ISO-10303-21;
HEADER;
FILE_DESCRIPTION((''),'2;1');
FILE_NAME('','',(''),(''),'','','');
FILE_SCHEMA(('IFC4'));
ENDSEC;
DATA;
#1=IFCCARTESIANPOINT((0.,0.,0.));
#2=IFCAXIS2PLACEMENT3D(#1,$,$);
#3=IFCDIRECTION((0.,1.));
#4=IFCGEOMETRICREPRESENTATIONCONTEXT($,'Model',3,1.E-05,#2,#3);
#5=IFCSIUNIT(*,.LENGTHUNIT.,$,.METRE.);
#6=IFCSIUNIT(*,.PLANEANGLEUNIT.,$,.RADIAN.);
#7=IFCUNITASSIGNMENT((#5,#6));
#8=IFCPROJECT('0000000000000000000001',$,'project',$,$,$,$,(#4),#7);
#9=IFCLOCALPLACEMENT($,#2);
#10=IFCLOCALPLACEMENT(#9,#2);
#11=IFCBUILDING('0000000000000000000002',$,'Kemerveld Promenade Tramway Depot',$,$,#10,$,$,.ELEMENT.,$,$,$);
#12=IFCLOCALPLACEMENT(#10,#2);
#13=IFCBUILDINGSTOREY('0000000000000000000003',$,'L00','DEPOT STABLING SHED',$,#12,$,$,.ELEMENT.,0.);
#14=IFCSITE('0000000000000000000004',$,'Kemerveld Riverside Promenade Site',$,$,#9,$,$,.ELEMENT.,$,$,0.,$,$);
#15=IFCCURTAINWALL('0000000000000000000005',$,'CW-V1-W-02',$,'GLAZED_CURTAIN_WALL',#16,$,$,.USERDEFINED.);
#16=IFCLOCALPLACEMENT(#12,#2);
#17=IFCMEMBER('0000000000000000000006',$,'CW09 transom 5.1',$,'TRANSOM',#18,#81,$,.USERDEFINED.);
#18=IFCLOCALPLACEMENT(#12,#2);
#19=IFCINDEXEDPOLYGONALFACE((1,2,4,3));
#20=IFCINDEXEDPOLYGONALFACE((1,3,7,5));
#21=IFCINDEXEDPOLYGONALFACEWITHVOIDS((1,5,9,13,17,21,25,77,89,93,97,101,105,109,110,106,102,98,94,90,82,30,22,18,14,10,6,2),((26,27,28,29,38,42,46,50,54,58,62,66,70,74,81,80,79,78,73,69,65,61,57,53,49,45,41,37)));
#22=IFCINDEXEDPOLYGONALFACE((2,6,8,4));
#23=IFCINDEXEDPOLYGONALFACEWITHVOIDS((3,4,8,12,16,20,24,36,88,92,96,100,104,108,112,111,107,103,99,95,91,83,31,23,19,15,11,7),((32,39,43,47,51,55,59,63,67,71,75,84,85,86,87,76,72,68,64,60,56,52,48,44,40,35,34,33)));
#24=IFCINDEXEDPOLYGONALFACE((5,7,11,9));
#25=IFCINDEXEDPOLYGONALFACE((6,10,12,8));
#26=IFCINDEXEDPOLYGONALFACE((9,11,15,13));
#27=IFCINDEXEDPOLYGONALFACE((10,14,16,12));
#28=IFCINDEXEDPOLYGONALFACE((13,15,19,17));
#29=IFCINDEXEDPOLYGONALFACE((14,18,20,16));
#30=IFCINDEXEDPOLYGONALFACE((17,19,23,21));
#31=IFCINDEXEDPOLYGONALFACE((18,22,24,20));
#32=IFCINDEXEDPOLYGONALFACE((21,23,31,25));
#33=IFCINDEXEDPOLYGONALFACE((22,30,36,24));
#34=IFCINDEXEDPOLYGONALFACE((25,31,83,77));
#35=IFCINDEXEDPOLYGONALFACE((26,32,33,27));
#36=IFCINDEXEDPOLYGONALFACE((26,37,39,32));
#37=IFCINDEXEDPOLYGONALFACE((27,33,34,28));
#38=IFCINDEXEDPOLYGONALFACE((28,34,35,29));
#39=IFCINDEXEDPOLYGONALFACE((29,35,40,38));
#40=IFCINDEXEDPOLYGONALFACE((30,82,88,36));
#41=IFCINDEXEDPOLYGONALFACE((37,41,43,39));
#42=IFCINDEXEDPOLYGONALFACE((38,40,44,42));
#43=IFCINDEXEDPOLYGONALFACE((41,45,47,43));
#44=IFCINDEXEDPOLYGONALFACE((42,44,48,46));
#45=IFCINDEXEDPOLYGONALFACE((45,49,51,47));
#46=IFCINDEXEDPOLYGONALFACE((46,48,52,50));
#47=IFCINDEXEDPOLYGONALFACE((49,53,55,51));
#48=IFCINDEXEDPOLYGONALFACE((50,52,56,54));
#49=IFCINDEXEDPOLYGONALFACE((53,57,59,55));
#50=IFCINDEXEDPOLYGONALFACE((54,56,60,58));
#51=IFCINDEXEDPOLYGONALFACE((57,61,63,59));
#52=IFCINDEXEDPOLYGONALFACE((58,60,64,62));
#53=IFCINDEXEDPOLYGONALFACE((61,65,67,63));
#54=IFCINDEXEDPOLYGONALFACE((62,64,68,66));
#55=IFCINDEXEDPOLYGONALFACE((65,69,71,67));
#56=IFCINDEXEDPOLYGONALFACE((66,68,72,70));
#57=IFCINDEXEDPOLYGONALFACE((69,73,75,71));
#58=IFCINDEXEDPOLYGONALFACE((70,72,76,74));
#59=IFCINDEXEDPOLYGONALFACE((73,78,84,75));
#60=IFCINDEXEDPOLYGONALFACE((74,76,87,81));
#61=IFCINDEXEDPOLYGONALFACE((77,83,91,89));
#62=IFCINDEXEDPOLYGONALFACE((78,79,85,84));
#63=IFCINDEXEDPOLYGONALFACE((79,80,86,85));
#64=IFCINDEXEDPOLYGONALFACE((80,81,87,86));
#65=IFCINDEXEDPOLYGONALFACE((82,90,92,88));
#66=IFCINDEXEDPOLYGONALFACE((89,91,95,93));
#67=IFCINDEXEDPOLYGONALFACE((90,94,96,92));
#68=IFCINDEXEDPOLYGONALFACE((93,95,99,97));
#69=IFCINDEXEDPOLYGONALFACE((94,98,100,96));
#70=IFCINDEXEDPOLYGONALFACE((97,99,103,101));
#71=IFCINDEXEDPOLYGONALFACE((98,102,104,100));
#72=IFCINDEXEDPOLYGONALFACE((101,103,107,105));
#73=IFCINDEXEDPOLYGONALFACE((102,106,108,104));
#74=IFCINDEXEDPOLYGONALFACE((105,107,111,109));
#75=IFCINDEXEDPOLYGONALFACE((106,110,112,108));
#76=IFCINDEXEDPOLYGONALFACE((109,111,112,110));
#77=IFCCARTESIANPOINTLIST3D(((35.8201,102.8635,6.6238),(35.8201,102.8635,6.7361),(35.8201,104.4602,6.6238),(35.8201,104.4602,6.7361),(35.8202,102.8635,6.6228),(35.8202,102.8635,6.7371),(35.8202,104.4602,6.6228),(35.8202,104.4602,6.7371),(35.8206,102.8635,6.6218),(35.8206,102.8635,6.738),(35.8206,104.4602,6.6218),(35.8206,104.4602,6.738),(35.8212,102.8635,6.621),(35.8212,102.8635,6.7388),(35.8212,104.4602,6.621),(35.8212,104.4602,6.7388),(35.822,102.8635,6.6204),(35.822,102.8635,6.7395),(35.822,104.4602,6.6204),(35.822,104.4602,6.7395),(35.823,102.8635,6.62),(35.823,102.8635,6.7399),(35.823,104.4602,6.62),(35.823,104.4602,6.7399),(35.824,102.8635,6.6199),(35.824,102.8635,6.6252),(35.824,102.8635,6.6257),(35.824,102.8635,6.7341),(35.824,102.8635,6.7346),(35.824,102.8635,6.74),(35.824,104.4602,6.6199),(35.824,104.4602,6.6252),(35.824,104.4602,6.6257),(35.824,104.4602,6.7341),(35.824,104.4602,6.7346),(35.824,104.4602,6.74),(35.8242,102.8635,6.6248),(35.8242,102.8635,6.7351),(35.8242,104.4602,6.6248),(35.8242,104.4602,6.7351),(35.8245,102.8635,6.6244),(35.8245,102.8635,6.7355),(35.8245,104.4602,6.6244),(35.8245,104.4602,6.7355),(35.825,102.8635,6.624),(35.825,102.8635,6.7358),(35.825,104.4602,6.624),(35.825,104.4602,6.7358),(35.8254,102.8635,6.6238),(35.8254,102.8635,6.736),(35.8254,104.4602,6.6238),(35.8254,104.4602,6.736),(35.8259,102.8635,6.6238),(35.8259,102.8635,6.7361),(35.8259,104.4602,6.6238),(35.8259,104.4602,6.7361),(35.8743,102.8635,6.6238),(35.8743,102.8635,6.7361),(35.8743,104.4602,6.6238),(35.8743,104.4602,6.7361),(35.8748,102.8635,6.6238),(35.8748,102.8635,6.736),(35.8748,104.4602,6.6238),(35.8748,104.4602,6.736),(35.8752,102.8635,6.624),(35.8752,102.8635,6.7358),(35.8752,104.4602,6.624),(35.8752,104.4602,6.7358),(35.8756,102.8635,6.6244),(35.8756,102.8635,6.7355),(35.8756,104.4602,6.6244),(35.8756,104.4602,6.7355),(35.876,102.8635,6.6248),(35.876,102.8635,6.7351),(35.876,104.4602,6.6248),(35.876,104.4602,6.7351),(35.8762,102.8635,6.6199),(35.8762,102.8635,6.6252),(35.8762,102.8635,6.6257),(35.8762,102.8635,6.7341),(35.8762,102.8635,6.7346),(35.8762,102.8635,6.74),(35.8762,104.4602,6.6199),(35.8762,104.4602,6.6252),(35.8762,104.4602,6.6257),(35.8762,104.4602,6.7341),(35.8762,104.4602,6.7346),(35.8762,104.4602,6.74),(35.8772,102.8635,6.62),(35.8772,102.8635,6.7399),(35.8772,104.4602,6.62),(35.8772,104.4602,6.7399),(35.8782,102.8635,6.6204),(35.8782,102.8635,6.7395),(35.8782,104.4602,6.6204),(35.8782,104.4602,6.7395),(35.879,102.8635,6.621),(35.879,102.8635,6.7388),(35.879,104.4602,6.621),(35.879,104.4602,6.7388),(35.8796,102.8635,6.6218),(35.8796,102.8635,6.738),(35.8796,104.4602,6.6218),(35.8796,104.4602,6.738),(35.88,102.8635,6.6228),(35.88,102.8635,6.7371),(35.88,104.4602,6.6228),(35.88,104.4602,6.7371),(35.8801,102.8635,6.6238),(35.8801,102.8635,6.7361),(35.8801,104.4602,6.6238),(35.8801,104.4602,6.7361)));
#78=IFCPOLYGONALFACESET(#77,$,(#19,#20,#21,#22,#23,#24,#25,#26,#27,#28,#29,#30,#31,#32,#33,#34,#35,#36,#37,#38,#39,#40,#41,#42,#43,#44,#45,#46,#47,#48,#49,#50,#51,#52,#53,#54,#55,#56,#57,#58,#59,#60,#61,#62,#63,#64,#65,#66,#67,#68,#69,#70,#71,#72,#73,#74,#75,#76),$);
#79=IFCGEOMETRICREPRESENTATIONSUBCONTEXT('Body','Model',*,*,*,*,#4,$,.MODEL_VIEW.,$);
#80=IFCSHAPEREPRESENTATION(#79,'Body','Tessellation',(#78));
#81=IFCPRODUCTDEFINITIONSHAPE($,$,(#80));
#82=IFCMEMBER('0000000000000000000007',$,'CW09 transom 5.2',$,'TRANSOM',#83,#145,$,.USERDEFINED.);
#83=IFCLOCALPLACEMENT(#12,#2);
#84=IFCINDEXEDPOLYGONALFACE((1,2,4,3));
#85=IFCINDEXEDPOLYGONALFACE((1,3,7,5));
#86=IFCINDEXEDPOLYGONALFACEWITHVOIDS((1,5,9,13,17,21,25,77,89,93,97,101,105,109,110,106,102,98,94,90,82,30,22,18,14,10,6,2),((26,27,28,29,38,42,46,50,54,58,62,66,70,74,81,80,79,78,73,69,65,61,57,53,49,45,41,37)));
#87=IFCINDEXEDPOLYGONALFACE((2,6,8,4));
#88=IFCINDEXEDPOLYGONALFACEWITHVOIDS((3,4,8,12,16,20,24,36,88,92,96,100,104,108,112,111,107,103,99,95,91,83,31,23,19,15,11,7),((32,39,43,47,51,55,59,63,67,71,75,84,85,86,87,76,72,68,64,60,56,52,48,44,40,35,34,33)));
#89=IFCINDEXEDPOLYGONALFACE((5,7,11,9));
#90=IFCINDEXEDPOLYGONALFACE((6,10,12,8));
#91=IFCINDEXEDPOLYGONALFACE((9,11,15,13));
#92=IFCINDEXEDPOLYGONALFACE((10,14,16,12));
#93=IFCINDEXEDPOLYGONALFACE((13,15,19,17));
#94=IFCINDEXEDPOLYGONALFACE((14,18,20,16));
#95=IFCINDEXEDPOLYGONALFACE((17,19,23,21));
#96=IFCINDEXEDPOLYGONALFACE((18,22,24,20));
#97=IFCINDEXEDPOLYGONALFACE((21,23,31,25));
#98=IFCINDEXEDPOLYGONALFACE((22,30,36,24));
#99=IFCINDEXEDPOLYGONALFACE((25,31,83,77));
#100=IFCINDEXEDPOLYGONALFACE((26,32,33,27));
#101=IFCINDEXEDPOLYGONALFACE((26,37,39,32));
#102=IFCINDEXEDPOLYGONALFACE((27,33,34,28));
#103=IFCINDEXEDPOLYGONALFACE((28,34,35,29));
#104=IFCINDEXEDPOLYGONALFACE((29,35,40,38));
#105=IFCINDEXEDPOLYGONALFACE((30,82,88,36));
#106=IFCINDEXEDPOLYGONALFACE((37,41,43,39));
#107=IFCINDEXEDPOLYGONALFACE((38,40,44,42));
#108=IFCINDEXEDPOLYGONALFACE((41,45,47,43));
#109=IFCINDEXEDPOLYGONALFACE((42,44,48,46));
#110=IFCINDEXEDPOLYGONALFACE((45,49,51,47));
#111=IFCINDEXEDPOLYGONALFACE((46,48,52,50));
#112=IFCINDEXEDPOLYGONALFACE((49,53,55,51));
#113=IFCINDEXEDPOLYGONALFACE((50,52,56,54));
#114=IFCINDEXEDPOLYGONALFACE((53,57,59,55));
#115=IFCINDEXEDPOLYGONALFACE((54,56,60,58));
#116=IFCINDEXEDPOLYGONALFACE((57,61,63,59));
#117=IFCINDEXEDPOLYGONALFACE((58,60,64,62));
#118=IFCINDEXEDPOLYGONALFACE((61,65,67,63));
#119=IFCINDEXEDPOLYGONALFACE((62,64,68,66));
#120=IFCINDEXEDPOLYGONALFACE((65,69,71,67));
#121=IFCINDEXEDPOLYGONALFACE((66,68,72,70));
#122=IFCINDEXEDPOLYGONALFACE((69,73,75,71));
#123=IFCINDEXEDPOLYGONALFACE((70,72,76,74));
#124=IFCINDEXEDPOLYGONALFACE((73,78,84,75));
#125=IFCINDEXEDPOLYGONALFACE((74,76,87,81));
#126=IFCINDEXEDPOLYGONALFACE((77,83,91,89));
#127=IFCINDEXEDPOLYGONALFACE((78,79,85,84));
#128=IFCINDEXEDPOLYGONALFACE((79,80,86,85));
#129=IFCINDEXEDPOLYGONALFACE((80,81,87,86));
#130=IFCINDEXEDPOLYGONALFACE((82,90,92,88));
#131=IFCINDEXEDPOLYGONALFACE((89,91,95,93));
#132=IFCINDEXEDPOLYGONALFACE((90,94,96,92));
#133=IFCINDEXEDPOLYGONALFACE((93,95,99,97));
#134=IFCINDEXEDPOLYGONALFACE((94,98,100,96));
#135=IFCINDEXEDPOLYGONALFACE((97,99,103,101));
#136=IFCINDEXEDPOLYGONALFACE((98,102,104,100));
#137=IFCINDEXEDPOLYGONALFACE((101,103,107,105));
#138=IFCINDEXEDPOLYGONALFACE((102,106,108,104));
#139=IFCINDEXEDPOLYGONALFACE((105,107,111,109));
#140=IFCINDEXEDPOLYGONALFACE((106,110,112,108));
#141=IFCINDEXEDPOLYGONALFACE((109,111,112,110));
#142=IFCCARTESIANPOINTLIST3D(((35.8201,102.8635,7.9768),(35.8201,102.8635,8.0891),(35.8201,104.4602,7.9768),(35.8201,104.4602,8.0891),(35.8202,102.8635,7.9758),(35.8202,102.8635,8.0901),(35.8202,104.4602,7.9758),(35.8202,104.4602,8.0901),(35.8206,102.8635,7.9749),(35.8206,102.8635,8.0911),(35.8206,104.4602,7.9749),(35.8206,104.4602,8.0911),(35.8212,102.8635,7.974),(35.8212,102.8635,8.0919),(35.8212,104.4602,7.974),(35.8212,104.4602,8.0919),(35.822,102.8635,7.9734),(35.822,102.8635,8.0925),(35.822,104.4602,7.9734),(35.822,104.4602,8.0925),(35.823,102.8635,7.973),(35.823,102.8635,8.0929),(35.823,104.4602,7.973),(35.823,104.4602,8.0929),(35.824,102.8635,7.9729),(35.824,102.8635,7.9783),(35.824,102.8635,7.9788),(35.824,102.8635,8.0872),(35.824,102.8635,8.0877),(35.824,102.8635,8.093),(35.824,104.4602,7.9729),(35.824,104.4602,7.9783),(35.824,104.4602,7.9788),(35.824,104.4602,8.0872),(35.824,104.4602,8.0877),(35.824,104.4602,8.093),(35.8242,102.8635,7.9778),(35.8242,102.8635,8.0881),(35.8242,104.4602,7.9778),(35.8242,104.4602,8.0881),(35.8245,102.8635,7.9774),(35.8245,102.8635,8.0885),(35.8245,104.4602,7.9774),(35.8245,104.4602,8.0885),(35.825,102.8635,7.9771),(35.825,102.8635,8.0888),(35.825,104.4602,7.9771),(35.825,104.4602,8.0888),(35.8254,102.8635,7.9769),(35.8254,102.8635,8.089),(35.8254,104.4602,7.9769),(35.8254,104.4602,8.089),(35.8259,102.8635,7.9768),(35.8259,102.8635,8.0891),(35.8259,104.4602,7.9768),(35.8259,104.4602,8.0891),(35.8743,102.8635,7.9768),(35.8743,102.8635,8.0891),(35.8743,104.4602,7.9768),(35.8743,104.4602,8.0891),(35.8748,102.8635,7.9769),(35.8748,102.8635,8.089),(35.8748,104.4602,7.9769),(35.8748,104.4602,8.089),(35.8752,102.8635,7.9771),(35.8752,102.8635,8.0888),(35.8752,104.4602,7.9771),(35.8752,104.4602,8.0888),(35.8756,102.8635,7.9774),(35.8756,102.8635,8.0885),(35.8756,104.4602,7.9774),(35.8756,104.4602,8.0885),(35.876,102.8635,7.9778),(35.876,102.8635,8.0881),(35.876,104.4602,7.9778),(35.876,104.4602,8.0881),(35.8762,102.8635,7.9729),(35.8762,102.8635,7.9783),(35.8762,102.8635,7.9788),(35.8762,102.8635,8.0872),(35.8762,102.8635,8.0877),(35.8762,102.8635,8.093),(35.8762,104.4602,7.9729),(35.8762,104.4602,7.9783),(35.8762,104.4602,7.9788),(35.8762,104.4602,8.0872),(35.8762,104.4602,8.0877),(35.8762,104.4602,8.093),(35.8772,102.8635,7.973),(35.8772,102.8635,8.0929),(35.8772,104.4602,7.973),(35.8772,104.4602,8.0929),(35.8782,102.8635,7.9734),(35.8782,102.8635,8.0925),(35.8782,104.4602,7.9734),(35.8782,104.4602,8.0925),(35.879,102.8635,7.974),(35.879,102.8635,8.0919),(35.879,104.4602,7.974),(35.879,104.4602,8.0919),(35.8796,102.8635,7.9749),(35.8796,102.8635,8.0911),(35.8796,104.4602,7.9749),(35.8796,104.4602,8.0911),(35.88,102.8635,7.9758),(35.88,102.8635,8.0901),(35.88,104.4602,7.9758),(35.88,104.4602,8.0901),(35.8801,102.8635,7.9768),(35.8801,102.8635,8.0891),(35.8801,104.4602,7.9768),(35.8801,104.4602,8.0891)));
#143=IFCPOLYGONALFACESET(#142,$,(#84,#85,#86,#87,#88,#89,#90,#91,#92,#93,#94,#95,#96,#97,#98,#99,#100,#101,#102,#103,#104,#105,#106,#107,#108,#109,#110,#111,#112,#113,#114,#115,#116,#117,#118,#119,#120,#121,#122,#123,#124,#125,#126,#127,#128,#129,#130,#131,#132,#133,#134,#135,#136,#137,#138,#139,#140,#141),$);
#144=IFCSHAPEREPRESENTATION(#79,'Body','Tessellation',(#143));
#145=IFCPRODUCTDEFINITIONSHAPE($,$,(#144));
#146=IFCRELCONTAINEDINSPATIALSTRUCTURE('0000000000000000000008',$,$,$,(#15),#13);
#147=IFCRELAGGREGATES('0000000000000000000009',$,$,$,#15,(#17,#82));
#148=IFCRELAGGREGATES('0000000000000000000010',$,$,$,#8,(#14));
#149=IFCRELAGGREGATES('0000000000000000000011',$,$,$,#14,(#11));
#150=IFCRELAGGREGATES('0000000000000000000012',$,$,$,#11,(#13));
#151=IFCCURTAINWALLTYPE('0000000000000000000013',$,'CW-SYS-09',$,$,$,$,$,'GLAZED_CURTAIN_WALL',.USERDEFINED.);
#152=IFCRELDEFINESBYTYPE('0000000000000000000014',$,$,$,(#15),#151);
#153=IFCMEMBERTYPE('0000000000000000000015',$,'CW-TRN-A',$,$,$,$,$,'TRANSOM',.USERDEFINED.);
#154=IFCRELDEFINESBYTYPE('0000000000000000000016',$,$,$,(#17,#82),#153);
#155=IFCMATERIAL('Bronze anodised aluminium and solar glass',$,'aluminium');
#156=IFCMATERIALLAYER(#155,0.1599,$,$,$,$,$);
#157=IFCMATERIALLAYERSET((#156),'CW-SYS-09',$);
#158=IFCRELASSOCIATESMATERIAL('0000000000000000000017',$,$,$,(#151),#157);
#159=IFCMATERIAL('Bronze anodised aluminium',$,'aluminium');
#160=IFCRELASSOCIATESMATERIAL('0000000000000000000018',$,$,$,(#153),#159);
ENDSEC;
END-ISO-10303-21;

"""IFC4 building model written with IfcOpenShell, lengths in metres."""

from ifc_helpers import new_model, si_unit, direction, frame, origin, origin_2d, place, context, subcontext, project, spatial, hollow_rectangle, extrude, material, layer, layer_set, material_profile, profile_set, type_object, element, aggregate, save


model = new_model("IFC4")

# Units and contexts
model_context = context("Model", 3, precision=1e-05, world=origin(), true_north=direction((0.0, 1.0)))
body_context = subcontext(model_context, "Body", "Model", "MODEL_VIEW")
ifc_project = project(units=[si_unit("LENGTHUNIT", "METRE"), si_unit("PLANEANGLEUNIT", "RADIAN")], contexts=[model_context])

# Site, building, storey
site_placement = place(None, origin())
site = spatial("IfcSite", under=ifc_project, at=site_placement, Name="Kemerveld Riverside Promenade Site", CompositionType="ELEMENT", RefElevation=0.0)
building_placement = place(site_placement, origin())
building = spatial("IfcBuilding", under=site, at=building_placement, Name="Kemerveld Promenade Tramway Depot", CompositionType="ELEMENT")
storey_placement = place(building_placement, origin())
storey = spatial("IfcBuildingStorey", under=building, at=storey_placement, Name="L00", Description="DEPOT STABLING SHED", CompositionType="ELEMENT", Elevation=0.0)

# Curtain wall
ifc_material_1 = material(Name="Bronze anodised aluminium and solar glass", Category="aluminium")
ifc_layer_1 = layer(ifc_material_1, 0.1599)
ifc_layer_set_1 = layer_set([ifc_layer_1], Name="CW-SYS-09")
curtain_wall_type_1 = type_object("IfcCurtainWallType", Name="CW-SYS-09", ElementType="GLAZED_CURTAIN_WALL", PredefinedType="USERDEFINED", material=ifc_layer_set_1)
curtain_wall_1_placement = place(storey_placement, origin())
curtain_wall_1 = element("IfcCurtainWall", 1, at=curtain_wall_1_placement, inside=storey, type_object=curtain_wall_type_1, Name="CW-V1-W-02", ObjectType="GLAZED_CURTAIN_WALL", PredefinedType="USERDEFINED")
ifc_material_2 = material(Name="Bronze anodised aluminium", Category="aluminium")

# Members
ifc_material_profile_1 = material_profile(ifc_material_2, hollow_rectangle(XDim=0.0601, YDim=0.1201, WallThickness=0.0039, InnerFilletRadius=0.002, OuterFilletRadius=0.0039, at=origin_2d()), Name="CW-TRN-120x60")
ifc_profile_set_1 = profile_set([ifc_material_profile_1], Name="Bronze anodised aluminium")
member_type_1 = type_object("IfcMemberType", Name="CW-TRN-A", ElementType="TRANSOM", PredefinedType="USERDEFINED", material=ifc_profile_set_1)
member_1_placement = place(storey_placement, frame((35.8501, 102.8635, 6.6799), z_axis=(0.0, 1.0, 0.0), x_axis=(-1.0, 0.0, 0.0)))
member_1 = element("IfcMember", 2, at=member_1_placement, type_object=member_type_1, Name="CW09 transom 5.1", ObjectType="TRANSOM", PredefinedType="USERDEFINED", context=body_context, shape_type="SweptSolid", body=[
    extrude(hollow_rectangle(XDim=0.0601, YDim=0.1201, WallThickness=0.0039, InnerFilletRadius=0.002, OuterFilletRadius=0.0039, at=origin_2d()), origin(), (0.0, 0.0, 1.0), 1.5967),
])
member_2_placement = place(storey_placement, frame((35.8501, 102.8635, 8.033), z_axis=(0.0, 1.0, 0.0), x_axis=(-1.0, 0.0, 0.0)))
member_2 = element("IfcMember", 3, at=member_2_placement, type_object=member_type_1, Name="CW09 transom 5.2", ObjectType="TRANSOM", PredefinedType="USERDEFINED", context=body_context, shape_type="SweptSolid", body=[
    extrude(hollow_rectangle(XDim=0.0601, YDim=0.1201, WallThickness=0.0039, InnerFilletRadius=0.002, OuterFilletRadius=0.0039, at=origin_2d()), origin(), (0.0, 0.0, 1.0), 1.5967),
])

aggregate(curtain_wall_1, [member_1, member_2])

save(model, "model.ifc")
